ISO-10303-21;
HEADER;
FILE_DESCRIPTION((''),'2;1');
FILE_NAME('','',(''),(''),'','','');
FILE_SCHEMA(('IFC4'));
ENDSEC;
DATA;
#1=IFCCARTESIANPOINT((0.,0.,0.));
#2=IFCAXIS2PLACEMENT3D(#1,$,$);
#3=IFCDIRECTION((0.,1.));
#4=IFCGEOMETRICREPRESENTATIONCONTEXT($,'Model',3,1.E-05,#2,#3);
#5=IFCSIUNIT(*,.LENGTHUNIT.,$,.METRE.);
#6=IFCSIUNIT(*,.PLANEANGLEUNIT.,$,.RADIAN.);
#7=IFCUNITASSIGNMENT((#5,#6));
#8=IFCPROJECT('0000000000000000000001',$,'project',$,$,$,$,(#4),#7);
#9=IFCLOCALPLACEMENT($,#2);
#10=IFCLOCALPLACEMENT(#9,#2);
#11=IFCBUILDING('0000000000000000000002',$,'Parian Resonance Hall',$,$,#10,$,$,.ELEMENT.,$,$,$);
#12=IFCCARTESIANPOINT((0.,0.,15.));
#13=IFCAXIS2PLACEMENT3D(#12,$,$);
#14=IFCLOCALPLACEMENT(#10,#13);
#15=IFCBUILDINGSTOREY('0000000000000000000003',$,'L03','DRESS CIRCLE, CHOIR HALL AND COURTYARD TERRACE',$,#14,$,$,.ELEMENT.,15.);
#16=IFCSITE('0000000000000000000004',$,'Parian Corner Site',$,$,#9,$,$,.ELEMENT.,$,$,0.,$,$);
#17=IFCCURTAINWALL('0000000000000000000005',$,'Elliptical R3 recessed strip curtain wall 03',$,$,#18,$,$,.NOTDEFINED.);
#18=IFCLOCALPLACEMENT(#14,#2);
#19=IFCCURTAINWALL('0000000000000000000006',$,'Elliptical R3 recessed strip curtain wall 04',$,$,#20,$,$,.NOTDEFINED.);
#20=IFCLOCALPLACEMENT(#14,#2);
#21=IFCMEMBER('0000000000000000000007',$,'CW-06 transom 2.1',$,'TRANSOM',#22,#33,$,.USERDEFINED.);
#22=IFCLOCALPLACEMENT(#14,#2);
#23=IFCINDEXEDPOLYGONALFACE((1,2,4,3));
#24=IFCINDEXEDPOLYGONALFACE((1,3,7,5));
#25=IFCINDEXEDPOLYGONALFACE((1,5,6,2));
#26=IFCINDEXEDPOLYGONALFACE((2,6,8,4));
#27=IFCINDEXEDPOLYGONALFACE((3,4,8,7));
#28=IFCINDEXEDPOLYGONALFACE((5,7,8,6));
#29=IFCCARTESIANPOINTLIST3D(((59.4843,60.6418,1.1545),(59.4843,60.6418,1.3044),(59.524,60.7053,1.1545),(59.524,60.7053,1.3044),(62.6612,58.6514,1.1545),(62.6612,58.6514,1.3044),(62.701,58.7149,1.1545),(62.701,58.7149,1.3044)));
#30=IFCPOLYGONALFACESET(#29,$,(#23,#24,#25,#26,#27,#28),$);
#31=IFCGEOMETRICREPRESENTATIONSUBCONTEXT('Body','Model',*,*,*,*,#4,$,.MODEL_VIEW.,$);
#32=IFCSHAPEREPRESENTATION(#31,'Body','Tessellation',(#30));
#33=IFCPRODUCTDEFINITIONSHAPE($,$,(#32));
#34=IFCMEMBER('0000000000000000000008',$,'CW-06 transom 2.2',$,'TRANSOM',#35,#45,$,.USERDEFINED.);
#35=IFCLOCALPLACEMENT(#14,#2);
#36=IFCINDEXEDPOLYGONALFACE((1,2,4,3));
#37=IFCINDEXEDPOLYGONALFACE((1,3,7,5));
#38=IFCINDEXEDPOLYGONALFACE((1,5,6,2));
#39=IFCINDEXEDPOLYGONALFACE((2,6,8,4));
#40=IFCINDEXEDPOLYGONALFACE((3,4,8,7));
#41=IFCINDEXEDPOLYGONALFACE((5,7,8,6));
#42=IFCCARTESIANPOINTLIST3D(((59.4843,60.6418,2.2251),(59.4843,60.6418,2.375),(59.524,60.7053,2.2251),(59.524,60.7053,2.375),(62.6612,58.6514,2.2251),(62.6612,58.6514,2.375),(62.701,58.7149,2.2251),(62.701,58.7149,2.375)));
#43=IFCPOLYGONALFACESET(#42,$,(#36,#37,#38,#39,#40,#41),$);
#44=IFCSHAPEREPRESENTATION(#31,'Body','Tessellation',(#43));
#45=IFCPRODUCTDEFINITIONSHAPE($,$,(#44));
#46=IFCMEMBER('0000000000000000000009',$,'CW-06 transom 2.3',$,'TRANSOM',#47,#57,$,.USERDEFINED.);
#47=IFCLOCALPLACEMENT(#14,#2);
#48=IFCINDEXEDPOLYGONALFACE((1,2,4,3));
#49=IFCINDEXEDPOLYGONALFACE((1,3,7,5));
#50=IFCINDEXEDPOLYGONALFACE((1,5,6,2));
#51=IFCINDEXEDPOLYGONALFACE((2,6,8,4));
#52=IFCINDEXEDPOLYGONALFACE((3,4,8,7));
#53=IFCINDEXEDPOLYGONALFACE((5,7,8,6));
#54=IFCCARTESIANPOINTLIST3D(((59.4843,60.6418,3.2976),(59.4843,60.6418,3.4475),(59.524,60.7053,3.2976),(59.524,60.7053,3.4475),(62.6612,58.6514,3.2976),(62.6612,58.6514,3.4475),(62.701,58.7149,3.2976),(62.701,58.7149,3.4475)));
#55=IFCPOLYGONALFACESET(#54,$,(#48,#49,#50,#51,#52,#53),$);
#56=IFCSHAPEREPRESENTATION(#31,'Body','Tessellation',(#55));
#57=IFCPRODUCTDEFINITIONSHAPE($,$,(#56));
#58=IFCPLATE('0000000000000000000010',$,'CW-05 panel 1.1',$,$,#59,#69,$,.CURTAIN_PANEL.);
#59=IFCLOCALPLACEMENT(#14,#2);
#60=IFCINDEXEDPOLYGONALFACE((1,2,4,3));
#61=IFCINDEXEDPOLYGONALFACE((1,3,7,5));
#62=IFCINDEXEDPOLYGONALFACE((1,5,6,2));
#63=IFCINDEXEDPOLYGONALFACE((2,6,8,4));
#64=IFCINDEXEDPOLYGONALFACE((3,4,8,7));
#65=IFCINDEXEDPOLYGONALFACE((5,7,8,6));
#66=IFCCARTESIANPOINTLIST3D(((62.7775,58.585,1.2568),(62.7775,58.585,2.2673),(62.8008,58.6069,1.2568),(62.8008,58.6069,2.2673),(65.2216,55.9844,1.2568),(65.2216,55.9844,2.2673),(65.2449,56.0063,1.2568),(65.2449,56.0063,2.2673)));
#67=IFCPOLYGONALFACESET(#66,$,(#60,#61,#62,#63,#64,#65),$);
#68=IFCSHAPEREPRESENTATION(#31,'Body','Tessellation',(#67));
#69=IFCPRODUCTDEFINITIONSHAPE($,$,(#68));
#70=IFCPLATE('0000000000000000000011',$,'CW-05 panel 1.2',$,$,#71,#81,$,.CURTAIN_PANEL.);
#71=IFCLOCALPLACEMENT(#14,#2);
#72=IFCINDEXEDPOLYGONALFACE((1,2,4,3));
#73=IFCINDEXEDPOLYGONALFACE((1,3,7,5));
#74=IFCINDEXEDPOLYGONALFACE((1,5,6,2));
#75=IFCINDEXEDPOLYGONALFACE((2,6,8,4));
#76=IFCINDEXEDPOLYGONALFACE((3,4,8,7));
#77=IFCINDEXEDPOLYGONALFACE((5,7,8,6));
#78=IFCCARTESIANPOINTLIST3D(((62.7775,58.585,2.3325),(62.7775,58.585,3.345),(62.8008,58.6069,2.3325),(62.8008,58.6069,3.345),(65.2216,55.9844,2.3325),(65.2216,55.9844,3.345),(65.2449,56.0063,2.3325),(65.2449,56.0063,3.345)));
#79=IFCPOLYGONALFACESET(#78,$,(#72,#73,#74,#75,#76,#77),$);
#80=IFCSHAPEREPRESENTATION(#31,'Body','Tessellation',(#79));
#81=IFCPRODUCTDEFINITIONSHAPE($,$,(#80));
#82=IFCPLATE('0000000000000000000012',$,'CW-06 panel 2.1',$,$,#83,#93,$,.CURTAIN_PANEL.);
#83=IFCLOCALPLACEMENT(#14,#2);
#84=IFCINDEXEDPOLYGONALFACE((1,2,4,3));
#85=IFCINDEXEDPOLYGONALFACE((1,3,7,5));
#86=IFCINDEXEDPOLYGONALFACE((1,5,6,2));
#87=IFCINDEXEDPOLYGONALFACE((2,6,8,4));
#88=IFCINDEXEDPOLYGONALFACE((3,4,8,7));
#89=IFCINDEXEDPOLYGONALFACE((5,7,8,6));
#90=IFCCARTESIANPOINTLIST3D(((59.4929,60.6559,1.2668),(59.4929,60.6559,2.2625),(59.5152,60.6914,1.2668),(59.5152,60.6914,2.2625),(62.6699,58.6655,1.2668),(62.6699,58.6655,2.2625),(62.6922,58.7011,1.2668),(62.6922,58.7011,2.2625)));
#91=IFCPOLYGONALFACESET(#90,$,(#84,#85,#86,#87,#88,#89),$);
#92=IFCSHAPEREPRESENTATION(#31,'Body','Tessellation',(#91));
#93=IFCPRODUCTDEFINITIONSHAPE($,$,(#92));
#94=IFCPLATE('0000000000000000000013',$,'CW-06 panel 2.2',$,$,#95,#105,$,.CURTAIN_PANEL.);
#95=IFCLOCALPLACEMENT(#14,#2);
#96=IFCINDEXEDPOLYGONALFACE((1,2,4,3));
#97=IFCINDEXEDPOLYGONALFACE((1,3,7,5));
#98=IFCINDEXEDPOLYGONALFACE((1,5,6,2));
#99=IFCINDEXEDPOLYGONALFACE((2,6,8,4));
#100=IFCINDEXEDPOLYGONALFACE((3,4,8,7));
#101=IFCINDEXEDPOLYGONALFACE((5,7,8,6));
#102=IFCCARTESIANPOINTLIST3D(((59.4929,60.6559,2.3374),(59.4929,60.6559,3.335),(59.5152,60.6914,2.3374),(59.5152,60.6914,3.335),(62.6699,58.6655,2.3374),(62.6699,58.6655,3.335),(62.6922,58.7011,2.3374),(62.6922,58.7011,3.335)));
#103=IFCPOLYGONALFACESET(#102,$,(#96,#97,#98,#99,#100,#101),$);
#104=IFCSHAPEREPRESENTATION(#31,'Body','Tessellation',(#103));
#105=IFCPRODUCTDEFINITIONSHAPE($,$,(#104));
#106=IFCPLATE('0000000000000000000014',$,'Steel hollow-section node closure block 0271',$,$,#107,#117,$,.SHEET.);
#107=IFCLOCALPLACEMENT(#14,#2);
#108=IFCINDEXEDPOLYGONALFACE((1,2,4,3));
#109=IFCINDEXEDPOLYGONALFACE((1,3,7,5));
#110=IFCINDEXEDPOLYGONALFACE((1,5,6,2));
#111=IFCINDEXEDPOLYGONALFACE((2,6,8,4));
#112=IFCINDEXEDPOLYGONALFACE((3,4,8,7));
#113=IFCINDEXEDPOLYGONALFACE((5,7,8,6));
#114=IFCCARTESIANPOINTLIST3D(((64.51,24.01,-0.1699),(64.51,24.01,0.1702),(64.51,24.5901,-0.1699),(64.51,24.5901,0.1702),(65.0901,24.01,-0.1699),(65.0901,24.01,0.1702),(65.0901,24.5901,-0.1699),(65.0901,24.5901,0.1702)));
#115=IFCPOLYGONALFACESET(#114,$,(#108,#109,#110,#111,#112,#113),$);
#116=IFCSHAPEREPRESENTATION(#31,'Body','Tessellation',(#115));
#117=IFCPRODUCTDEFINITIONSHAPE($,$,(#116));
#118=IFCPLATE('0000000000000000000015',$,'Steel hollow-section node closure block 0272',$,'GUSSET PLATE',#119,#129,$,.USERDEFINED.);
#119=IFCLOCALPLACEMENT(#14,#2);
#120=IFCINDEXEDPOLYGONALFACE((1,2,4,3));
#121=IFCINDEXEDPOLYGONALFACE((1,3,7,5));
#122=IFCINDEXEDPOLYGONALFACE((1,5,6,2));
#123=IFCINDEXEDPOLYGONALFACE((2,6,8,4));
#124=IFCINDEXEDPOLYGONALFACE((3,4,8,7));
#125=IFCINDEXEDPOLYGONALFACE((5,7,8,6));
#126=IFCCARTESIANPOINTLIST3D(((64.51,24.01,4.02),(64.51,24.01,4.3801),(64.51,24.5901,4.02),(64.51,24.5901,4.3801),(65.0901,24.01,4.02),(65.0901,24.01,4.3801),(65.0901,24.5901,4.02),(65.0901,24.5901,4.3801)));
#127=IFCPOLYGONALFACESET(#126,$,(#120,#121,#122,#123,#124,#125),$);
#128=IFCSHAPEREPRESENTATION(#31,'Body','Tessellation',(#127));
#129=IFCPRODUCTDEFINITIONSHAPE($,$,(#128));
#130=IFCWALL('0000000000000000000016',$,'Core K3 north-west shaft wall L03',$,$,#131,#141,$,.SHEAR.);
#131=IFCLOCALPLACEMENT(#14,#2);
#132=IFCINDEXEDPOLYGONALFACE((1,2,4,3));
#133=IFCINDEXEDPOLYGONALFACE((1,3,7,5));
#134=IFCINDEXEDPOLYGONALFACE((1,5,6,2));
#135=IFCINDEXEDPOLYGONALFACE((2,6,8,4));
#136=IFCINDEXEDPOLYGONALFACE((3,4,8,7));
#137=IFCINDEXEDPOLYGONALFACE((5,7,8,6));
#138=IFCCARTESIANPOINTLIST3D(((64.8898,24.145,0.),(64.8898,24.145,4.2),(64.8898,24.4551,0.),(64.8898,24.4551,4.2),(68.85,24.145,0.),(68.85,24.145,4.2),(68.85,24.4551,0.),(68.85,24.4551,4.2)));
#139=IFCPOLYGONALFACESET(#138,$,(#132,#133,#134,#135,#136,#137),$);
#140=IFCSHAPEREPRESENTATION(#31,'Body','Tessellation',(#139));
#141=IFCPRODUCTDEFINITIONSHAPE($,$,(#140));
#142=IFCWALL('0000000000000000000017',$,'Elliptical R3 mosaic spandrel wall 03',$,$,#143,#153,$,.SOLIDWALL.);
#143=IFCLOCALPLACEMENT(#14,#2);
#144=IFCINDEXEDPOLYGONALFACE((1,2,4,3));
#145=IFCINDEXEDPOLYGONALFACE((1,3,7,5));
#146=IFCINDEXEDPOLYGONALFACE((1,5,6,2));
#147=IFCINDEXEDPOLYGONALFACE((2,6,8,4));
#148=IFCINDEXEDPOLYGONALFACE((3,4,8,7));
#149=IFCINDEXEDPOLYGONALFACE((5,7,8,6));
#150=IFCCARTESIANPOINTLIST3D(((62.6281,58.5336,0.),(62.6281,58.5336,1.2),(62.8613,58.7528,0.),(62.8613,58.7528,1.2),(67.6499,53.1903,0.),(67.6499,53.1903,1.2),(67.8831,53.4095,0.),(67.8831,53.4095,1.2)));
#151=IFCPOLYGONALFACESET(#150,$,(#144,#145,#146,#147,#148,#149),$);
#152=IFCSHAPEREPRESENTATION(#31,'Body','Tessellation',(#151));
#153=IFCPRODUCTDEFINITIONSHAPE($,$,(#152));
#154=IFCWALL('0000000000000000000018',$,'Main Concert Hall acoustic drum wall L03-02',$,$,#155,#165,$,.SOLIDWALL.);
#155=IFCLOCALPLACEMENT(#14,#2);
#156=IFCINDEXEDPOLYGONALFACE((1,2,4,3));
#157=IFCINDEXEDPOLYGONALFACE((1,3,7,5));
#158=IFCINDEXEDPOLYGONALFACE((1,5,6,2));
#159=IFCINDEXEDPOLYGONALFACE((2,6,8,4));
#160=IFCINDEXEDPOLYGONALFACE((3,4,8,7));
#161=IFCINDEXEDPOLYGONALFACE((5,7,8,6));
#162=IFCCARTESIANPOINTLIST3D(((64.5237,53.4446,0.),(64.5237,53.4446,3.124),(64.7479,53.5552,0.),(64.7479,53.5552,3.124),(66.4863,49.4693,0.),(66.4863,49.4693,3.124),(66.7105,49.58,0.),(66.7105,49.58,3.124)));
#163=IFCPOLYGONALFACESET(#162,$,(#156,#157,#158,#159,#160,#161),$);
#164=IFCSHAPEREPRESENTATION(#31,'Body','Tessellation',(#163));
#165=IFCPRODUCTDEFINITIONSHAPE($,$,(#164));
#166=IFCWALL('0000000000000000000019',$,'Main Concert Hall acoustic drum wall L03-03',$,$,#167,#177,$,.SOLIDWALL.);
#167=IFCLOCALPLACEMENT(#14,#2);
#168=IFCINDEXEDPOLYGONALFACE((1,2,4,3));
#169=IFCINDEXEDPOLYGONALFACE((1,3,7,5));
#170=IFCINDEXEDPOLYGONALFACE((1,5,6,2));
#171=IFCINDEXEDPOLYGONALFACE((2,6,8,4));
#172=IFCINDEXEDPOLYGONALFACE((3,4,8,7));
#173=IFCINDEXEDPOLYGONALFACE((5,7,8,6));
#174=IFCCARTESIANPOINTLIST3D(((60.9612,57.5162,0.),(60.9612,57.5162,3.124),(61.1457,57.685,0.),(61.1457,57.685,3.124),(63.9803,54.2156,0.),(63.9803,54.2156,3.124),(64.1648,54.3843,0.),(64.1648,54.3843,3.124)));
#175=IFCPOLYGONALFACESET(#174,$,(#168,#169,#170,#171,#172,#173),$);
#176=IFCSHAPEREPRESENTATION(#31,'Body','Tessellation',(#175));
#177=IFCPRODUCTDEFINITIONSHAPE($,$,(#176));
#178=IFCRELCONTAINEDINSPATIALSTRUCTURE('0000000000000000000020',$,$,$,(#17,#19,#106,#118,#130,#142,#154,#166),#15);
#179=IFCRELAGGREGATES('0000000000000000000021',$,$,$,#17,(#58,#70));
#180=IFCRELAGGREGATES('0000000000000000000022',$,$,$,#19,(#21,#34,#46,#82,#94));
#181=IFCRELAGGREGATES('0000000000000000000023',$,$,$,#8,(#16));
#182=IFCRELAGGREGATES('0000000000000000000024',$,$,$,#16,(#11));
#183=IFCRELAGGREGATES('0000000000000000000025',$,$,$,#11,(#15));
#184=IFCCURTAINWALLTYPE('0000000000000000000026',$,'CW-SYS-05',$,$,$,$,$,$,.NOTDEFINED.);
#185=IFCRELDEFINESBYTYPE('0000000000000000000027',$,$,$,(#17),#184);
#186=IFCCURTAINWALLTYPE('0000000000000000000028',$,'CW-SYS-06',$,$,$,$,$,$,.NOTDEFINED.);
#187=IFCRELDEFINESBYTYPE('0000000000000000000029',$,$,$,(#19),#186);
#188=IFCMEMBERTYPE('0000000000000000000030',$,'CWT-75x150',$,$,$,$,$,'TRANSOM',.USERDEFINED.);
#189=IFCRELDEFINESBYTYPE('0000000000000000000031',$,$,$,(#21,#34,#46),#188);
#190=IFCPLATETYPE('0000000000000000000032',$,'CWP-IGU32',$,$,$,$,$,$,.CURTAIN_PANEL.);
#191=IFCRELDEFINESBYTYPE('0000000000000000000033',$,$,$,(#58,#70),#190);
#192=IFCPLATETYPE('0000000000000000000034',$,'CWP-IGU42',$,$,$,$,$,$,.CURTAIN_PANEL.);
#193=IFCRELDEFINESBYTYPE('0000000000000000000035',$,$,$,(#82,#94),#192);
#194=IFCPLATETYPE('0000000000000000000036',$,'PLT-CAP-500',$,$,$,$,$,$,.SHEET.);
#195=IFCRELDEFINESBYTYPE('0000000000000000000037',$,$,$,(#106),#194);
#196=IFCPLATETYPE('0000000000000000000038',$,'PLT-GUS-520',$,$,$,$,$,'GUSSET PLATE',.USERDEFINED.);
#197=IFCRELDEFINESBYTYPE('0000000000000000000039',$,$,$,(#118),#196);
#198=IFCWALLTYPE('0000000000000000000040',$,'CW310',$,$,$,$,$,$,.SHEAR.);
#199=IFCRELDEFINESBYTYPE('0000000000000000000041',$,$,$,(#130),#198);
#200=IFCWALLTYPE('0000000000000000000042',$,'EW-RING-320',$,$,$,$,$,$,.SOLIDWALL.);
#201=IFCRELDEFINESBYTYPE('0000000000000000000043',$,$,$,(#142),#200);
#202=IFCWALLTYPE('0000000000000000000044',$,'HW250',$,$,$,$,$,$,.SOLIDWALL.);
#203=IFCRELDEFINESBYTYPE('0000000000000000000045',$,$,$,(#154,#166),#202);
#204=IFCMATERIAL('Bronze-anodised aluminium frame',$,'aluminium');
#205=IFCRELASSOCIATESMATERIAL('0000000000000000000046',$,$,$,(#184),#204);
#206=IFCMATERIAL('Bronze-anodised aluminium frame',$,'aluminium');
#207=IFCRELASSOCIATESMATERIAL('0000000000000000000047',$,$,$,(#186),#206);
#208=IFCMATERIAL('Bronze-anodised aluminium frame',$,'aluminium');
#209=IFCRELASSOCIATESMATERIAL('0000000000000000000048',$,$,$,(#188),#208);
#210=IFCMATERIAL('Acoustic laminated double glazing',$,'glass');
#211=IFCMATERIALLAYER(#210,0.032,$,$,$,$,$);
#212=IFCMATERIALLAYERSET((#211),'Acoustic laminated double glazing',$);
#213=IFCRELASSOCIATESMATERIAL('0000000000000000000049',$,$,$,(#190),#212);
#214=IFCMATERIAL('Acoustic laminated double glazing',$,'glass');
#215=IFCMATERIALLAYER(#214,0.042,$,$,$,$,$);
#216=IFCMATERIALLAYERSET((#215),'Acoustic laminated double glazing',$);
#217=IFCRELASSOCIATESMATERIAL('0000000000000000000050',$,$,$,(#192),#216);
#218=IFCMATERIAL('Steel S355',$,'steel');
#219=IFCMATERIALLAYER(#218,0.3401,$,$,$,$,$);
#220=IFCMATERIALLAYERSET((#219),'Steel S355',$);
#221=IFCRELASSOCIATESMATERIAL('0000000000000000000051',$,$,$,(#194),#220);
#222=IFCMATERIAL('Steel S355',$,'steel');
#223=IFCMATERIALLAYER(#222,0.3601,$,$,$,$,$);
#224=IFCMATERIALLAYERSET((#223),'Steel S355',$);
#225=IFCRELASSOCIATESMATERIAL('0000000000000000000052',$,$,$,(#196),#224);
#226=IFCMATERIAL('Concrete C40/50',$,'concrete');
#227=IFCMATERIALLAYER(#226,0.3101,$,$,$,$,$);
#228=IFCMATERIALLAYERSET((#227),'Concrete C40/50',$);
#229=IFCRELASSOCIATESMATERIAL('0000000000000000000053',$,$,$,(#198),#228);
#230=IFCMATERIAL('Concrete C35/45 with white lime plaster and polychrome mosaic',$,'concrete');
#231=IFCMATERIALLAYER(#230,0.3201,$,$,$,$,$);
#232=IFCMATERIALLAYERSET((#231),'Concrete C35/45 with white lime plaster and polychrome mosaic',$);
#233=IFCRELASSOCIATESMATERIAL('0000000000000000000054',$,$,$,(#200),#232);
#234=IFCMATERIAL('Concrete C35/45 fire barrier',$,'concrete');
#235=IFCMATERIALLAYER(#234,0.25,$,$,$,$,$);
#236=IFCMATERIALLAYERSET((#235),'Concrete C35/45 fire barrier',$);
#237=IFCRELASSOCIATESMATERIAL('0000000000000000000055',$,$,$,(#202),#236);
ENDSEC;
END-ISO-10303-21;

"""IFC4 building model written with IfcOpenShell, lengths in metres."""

from ifc_helpers import new_model, si_unit, direction, frame, frame_2d, origin, origin_2d, place, context, subcontext, project, spatial, rectangle, extrude, material, layer, layer_set, material_profile, profile_set, type_object, element, aggregate, save


model = new_model("IFC4")

# Units and contexts
model_context = context("Model", 3, precision=1e-05, world=origin(), true_north=direction((0.0, 1.0)))
body_context = subcontext(model_context, "Body", "Model", "MODEL_VIEW")
ifc_project = project(units=[si_unit("LENGTHUNIT", "METRE"), si_unit("PLANEANGLEUNIT", "RADIAN")], contexts=[model_context])

# Site, building, storey
site_placement = place(None, origin())
site = spatial("IfcSite", under=ifc_project, at=site_placement, Name="Parian Corner Site", CompositionType="ELEMENT", RefElevation=0.0)
building_placement = place(site_placement, origin())
building = spatial("IfcBuilding", under=site, at=building_placement, Name="Parian Resonance Hall", CompositionType="ELEMENT")
storey_placement = place(building_placement, frame((0.0, 0.0, 15.0)))
storey = spatial("IfcBuildingStorey", under=building, at=storey_placement, Name="L03", Description="DRESS CIRCLE, CHOIR HALL AND COURTYARD TERRACE", CompositionType="ELEMENT", Elevation=15.0)

# Curtain walls
ifc_material_1 = material(Name="Bronze-anodised aluminium frame", Category="aluminium")
curtain_wall_type_1 = type_object("IfcCurtainWallType", Name="CW-SYS-05", PredefinedType="NOTDEFINED", material=ifc_material_1)
curtain_wall_1_placement = place(storey_placement, origin())
curtain_wall_1 = element("IfcCurtainWall", 1, at=curtain_wall_1_placement, inside=storey, type_object=curtain_wall_type_1, Name="Elliptical R3 recessed strip curtain wall 03", PredefinedType="NOTDEFINED")
ifc_material_2 = material(Name="Bronze-anodised aluminium frame", Category="aluminium")
curtain_wall_type_2 = type_object("IfcCurtainWallType", Name="CW-SYS-06", PredefinedType="NOTDEFINED", material=ifc_material_2)
curtain_wall_2_placement = place(storey_placement, origin())
curtain_wall_2 = element("IfcCurtainWall", 2, at=curtain_wall_2_placement, inside=storey, type_object=curtain_wall_type_2, Name="Elliptical R3 recessed strip curtain wall 04", PredefinedType="NOTDEFINED")

# Members
ifc_material_3 = material(Name="Bronze-anodised aluminium frame", Category="aluminium")
ifc_material_profile_1 = material_profile(ifc_material_3, rectangle(XDim=0.075, YDim=0.1499, at=origin_2d()), Name="CWT-75x150")
ifc_profile_set_1 = profile_set([ifc_material_profile_1], Name="Bronze-anodised aluminium frame")
member_type_1 = type_object("IfcMemberType", Name="CWT-75x150", ElementType="TRANSOM", PredefinedType="USERDEFINED", material=ifc_profile_set_1)
member_1_placement = place(storey_placement, frame((59.5042, 60.6736, 1.2295), z_axis=(0.847416, -0.530929, 0.0), x_axis=(0.530929, 0.847416, 0.0)))
member_1 = element("IfcMember", 3, at=member_1_placement, type_object=member_type_1, Name="CW-06 transom 2.1", ObjectType="TRANSOM", PredefinedType="USERDEFINED", context=body_context, shape_type="SweptSolid", body=[
    extrude(rectangle(XDim=0.075, YDim=0.1499, at=origin_2d()), origin(), (0.0, 0.0, 1.0), 3.749),
])
member_2_placement = place(storey_placement, frame((59.5042, 60.6736, 2.3), z_axis=(0.847416, -0.530929, 0.0), x_axis=(0.530929, 0.847416, 0.0)))
member_2 = element("IfcMember", 4, at=member_2_placement, type_object=member_type_1, Name="CW-06 transom 2.2", ObjectType="TRANSOM", PredefinedType="USERDEFINED", context=body_context, shape_type="SweptSolid", body=[
    extrude(rectangle(XDim=0.075, YDim=0.1499, at=origin_2d()), origin(), (0.0, 0.0, 1.0), 3.749),
])
member_3_placement = place(storey_placement, frame((59.5042, 60.6736, 3.3726), z_axis=(0.847416, -0.530929, 0.0), x_axis=(0.530929, 0.847416, 0.0)))
member_3 = element("IfcMember", 5, at=member_3_placement, type_object=member_type_1, Name="CW-06 transom 2.3", ObjectType="TRANSOM", PredefinedType="USERDEFINED", context=body_context, shape_type="SweptSolid", body=[
    extrude(rectangle(XDim=0.075, YDim=0.1499, at=origin_2d()), origin(), (0.0, 0.0, 1.0), 3.749),
])

# Plates
ifc_material_4 = material(Name="Acoustic laminated double glazing", Category="glass")
ifc_layer_1 = layer(ifc_material_4, 0.032)
ifc_layer_set_1 = layer_set([ifc_layer_1], Name="Acoustic laminated double glazing")
plate_type_1 = type_object("IfcPlateType", Name="CWP-IGU32", PredefinedType="CURTAIN_PANEL", material=ifc_layer_set_1)
plate_1_placement = place(storey_placement, frame((64.0112, 57.2957, 1.2568), z_axis=(0.0, 0.0, 1.0), x_axis=(0.684838, -0.728695, 0.0)))
plate_1 = element("IfcPlate", 6, at=plate_1_placement, type_object=plate_type_1, Name="CW-05 panel 1.1", PredefinedType="CURTAIN_PANEL", context=body_context, shape_type="SweptSolid", body=[
    extrude(rectangle(XDim=3.5688, YDim=0.032, at=origin_2d()), origin(), (0.0, 0.0, 1.0), 1.0105),
])
plate_2_placement = place(storey_placement, frame((64.0112, 57.2957, 2.3325), z_axis=(0.0, 0.0, 1.0), x_axis=(0.684838, -0.728695, 0.0)))
plate_2 = element("IfcPlate", 7, at=plate_2_placement, type_object=plate_type_1, Name="CW-05 panel 1.2", PredefinedType="CURTAIN_PANEL", context=body_context, shape_type="SweptSolid", body=[
    extrude(rectangle(XDim=3.5688, YDim=0.032, at=origin_2d()), origin(), (0.0, 0.0, 1.0), 1.0125),
])
aggregate(curtain_wall_1, [plate_1, plate_2])
ifc_material_5 = material(Name="Acoustic laminated double glazing", Category="glass")
ifc_layer_2 = layer(ifc_material_5, 0.042)
ifc_layer_set_2 = layer_set([ifc_layer_2], Name="Acoustic laminated double glazing")
plate_type_2 = type_object("IfcPlateType", Name="CWP-IGU42", PredefinedType="CURTAIN_PANEL", material=ifc_layer_set_2)
plate_3_placement = place(storey_placement, frame((61.0925, 59.6785, 1.2668), z_axis=(0.0, 0.0, 1.0), x_axis=(0.847432, -0.530904, 0.0)))
plate_3 = element("IfcPlate", 8, at=plate_3_placement, type_object=plate_type_2, Name="CW-06 panel 2.1", PredefinedType="CURTAIN_PANEL", context=body_context, shape_type="SweptSolid", body=[
    extrude(rectangle(XDim=3.749, YDim=0.042, at=origin_2d()), origin(), (0.0, 0.0, 1.0), 0.9956),
])
plate_4_placement = place(storey_placement, frame((61.0925, 59.6785, 2.3374), z_axis=(0.0, 0.0, 1.0), x_axis=(0.847432, -0.530904, 0.0)))
plate_4 = element("IfcPlate", 9, at=plate_4_placement, type_object=plate_type_2, Name="CW-06 panel 2.2", PredefinedType="CURTAIN_PANEL", context=body_context, shape_type="SweptSolid", body=[
    extrude(rectangle(XDim=3.749, YDim=0.042, at=origin_2d()), origin(), (0.0, 0.0, 1.0), 0.9976),
])
aggregate(curtain_wall_2, [member_1, member_2, member_3, plate_3, plate_4])

# Plates
ifc_material_6 = material(Name="Steel S355", Category="steel")
ifc_layer_3 = layer(ifc_material_6, 0.3401)
ifc_layer_set_3 = layer_set([ifc_layer_3], Name="Steel S355")
plate_type_3 = type_object("IfcPlateType", Name="PLT-CAP-500", PredefinedType="SHEET", material=ifc_layer_set_3)
plate_5_placement = place(storey_placement, frame((64.8, 24.3, -0.1699), z_axis=(0.0, 0.0, 1.0), x_axis=(1.0, 0.0, 0.0)))
element("IfcPlate", 10, at=plate_5_placement, inside=storey, type_object=plate_type_3, Name="Steel hollow-section node closure block 0271", PredefinedType="SHEET", context=body_context, shape_type="SweptSolid", body=[
    extrude(rectangle(XDim=0.5801, YDim=0.5801, at=origin_2d()), origin(), (0.0, 0.0, 1.0), 0.3401),
])
ifc_material_7 = material(Name="Steel S355", Category="steel")
ifc_layer_4 = layer(ifc_material_7, 0.3601)
ifc_layer_set_4 = layer_set([ifc_layer_4], Name="Steel S355")
plate_type_4 = type_object("IfcPlateType", Name="PLT-GUS-520", ElementType="GUSSET PLATE", PredefinedType="USERDEFINED", material=ifc_layer_set_4)
plate_6_placement = place(storey_placement, frame((64.8, 24.3, 4.02), z_axis=(0.0, 0.0, 1.0), x_axis=(1.0, 0.0, 0.0)))
element("IfcPlate", 11, at=plate_6_placement, inside=storey, type_object=plate_type_4, Name="Steel hollow-section node closure block 0272", ObjectType="GUSSET PLATE", PredefinedType="USERDEFINED", context=body_context, shape_type="SweptSolid", body=[
    extrude(rectangle(XDim=0.5801, YDim=0.5801, at=origin_2d()), origin(), (0.0, 0.0, 1.0), 0.3601),
])

# Walls
ifc_material_8 = material(Name="Concrete C40/50", Category="concrete")
ifc_layer_5 = layer(ifc_material_8, 0.3101)
ifc_layer_set_5 = layer_set([ifc_layer_5], Name="Concrete C40/50")
wall_type_1 = type_object("IfcWallType", Name="CW310", PredefinedType="SHEAR", material=ifc_layer_set_5)
wall_1_placement = place(storey_placement, frame((64.8899, 24.3, 0.0), z_axis=(0.0, 0.0, 1.0), x_axis=(1.0, 0.0, 0.0)))
element("IfcWall", 12, at=wall_1_placement, inside=storey, type_object=wall_type_1, Name="Core K3 north-west shaft wall L03", PredefinedType="SHEAR", context=body_context, shape_type="SweptSolid", body=[
    extrude(rectangle(XDim=3.9602, YDim=0.3101, at=frame_2d((1.98, 0.0))), origin(), (0.0, 0.0, 1.0), 4.2),
])
ifc_material_9 = material(Name="Concrete C35/45 with white lime plaster and polychrome mosaic", Category="concrete")
ifc_layer_6 = layer(ifc_material_9, 0.3201)
ifc_layer_set_6 = layer_set([ifc_layer_6], Name="Concrete C35/45 with white lime plaster and polychrome mosaic")
wall_type_2 = type_object("IfcWallType", Name="EW-RING-320", PredefinedType="SOLIDWALL", material=ifc_layer_set_6)
wall_2_placement = place(storey_placement, frame((62.7446, 58.6433, 0.0), z_axis=(0.0, 0.0, 1.0), x_axis=(0.684842, -0.728691, 0.0)))
element("IfcWall", 13, at=wall_2_placement, inside=storey, type_object=wall_type_2, Name="Elliptical R3 mosaic spandrel wall 03", PredefinedType="SOLIDWALL", context=body_context, shape_type="SweptSolid", body=[
    extrude(rectangle(XDim=7.3328, YDim=0.3201, at=frame_2d((3.6665, 0.0))), origin(), (0.0, 0.0, 1.0), 1.2),
])
ifc_material_10 = material(Name="Concrete C35/45 fire barrier", Category="concrete")
ifc_layer_7 = layer(ifc_material_10, 0.25)
ifc_layer_set_7 = layer_set([ifc_layer_7], Name="Concrete C35/45 fire barrier")
wall_type_3 = type_object("IfcWallType", Name="HW250", PredefinedType="SOLIDWALL", material=ifc_layer_set_7)
wall_3_placement = place(storey_placement, frame((64.6357, 53.5, 0.0), z_axis=(0.0, 0.0, 1.0), x_axis=(0.442692, -0.896674, 0.0)))
element("IfcWall", 14, at=wall_3_placement, inside=storey, type_object=wall_type_3, Name="Main Concert Hall acoustic drum wall L03-02", PredefinedType="SOLIDWALL", context=body_context, shape_type="SweptSolid", body=[
    extrude(rectangle(XDim=4.4333, YDim=0.25, at=frame_2d((2.2168, 0.0))), origin(), (0.0, 0.0, 1.0), 3.124),
])
wall_4_placement = place(storey_placement, frame((61.0535, 57.6006, 0.0), z_axis=(0.0, 0.0, 1.0), x_axis=(0.674941, -0.737872, 0.0)))
element("IfcWall", 15, at=wall_4_placement, inside=storey, type_object=wall_type_3, Name="Main Concert Hall acoustic drum wall L03-03", PredefinedType="SOLIDWALL", context=body_context, shape_type="SweptSolid", body=[
    extrude(rectangle(XDim=4.4731, YDim=0.25, at=frame_2d((2.2366, 0.0))), origin(), (0.0, 0.0, 1.0), 3.124),
])

save(model, "model.ifc")
